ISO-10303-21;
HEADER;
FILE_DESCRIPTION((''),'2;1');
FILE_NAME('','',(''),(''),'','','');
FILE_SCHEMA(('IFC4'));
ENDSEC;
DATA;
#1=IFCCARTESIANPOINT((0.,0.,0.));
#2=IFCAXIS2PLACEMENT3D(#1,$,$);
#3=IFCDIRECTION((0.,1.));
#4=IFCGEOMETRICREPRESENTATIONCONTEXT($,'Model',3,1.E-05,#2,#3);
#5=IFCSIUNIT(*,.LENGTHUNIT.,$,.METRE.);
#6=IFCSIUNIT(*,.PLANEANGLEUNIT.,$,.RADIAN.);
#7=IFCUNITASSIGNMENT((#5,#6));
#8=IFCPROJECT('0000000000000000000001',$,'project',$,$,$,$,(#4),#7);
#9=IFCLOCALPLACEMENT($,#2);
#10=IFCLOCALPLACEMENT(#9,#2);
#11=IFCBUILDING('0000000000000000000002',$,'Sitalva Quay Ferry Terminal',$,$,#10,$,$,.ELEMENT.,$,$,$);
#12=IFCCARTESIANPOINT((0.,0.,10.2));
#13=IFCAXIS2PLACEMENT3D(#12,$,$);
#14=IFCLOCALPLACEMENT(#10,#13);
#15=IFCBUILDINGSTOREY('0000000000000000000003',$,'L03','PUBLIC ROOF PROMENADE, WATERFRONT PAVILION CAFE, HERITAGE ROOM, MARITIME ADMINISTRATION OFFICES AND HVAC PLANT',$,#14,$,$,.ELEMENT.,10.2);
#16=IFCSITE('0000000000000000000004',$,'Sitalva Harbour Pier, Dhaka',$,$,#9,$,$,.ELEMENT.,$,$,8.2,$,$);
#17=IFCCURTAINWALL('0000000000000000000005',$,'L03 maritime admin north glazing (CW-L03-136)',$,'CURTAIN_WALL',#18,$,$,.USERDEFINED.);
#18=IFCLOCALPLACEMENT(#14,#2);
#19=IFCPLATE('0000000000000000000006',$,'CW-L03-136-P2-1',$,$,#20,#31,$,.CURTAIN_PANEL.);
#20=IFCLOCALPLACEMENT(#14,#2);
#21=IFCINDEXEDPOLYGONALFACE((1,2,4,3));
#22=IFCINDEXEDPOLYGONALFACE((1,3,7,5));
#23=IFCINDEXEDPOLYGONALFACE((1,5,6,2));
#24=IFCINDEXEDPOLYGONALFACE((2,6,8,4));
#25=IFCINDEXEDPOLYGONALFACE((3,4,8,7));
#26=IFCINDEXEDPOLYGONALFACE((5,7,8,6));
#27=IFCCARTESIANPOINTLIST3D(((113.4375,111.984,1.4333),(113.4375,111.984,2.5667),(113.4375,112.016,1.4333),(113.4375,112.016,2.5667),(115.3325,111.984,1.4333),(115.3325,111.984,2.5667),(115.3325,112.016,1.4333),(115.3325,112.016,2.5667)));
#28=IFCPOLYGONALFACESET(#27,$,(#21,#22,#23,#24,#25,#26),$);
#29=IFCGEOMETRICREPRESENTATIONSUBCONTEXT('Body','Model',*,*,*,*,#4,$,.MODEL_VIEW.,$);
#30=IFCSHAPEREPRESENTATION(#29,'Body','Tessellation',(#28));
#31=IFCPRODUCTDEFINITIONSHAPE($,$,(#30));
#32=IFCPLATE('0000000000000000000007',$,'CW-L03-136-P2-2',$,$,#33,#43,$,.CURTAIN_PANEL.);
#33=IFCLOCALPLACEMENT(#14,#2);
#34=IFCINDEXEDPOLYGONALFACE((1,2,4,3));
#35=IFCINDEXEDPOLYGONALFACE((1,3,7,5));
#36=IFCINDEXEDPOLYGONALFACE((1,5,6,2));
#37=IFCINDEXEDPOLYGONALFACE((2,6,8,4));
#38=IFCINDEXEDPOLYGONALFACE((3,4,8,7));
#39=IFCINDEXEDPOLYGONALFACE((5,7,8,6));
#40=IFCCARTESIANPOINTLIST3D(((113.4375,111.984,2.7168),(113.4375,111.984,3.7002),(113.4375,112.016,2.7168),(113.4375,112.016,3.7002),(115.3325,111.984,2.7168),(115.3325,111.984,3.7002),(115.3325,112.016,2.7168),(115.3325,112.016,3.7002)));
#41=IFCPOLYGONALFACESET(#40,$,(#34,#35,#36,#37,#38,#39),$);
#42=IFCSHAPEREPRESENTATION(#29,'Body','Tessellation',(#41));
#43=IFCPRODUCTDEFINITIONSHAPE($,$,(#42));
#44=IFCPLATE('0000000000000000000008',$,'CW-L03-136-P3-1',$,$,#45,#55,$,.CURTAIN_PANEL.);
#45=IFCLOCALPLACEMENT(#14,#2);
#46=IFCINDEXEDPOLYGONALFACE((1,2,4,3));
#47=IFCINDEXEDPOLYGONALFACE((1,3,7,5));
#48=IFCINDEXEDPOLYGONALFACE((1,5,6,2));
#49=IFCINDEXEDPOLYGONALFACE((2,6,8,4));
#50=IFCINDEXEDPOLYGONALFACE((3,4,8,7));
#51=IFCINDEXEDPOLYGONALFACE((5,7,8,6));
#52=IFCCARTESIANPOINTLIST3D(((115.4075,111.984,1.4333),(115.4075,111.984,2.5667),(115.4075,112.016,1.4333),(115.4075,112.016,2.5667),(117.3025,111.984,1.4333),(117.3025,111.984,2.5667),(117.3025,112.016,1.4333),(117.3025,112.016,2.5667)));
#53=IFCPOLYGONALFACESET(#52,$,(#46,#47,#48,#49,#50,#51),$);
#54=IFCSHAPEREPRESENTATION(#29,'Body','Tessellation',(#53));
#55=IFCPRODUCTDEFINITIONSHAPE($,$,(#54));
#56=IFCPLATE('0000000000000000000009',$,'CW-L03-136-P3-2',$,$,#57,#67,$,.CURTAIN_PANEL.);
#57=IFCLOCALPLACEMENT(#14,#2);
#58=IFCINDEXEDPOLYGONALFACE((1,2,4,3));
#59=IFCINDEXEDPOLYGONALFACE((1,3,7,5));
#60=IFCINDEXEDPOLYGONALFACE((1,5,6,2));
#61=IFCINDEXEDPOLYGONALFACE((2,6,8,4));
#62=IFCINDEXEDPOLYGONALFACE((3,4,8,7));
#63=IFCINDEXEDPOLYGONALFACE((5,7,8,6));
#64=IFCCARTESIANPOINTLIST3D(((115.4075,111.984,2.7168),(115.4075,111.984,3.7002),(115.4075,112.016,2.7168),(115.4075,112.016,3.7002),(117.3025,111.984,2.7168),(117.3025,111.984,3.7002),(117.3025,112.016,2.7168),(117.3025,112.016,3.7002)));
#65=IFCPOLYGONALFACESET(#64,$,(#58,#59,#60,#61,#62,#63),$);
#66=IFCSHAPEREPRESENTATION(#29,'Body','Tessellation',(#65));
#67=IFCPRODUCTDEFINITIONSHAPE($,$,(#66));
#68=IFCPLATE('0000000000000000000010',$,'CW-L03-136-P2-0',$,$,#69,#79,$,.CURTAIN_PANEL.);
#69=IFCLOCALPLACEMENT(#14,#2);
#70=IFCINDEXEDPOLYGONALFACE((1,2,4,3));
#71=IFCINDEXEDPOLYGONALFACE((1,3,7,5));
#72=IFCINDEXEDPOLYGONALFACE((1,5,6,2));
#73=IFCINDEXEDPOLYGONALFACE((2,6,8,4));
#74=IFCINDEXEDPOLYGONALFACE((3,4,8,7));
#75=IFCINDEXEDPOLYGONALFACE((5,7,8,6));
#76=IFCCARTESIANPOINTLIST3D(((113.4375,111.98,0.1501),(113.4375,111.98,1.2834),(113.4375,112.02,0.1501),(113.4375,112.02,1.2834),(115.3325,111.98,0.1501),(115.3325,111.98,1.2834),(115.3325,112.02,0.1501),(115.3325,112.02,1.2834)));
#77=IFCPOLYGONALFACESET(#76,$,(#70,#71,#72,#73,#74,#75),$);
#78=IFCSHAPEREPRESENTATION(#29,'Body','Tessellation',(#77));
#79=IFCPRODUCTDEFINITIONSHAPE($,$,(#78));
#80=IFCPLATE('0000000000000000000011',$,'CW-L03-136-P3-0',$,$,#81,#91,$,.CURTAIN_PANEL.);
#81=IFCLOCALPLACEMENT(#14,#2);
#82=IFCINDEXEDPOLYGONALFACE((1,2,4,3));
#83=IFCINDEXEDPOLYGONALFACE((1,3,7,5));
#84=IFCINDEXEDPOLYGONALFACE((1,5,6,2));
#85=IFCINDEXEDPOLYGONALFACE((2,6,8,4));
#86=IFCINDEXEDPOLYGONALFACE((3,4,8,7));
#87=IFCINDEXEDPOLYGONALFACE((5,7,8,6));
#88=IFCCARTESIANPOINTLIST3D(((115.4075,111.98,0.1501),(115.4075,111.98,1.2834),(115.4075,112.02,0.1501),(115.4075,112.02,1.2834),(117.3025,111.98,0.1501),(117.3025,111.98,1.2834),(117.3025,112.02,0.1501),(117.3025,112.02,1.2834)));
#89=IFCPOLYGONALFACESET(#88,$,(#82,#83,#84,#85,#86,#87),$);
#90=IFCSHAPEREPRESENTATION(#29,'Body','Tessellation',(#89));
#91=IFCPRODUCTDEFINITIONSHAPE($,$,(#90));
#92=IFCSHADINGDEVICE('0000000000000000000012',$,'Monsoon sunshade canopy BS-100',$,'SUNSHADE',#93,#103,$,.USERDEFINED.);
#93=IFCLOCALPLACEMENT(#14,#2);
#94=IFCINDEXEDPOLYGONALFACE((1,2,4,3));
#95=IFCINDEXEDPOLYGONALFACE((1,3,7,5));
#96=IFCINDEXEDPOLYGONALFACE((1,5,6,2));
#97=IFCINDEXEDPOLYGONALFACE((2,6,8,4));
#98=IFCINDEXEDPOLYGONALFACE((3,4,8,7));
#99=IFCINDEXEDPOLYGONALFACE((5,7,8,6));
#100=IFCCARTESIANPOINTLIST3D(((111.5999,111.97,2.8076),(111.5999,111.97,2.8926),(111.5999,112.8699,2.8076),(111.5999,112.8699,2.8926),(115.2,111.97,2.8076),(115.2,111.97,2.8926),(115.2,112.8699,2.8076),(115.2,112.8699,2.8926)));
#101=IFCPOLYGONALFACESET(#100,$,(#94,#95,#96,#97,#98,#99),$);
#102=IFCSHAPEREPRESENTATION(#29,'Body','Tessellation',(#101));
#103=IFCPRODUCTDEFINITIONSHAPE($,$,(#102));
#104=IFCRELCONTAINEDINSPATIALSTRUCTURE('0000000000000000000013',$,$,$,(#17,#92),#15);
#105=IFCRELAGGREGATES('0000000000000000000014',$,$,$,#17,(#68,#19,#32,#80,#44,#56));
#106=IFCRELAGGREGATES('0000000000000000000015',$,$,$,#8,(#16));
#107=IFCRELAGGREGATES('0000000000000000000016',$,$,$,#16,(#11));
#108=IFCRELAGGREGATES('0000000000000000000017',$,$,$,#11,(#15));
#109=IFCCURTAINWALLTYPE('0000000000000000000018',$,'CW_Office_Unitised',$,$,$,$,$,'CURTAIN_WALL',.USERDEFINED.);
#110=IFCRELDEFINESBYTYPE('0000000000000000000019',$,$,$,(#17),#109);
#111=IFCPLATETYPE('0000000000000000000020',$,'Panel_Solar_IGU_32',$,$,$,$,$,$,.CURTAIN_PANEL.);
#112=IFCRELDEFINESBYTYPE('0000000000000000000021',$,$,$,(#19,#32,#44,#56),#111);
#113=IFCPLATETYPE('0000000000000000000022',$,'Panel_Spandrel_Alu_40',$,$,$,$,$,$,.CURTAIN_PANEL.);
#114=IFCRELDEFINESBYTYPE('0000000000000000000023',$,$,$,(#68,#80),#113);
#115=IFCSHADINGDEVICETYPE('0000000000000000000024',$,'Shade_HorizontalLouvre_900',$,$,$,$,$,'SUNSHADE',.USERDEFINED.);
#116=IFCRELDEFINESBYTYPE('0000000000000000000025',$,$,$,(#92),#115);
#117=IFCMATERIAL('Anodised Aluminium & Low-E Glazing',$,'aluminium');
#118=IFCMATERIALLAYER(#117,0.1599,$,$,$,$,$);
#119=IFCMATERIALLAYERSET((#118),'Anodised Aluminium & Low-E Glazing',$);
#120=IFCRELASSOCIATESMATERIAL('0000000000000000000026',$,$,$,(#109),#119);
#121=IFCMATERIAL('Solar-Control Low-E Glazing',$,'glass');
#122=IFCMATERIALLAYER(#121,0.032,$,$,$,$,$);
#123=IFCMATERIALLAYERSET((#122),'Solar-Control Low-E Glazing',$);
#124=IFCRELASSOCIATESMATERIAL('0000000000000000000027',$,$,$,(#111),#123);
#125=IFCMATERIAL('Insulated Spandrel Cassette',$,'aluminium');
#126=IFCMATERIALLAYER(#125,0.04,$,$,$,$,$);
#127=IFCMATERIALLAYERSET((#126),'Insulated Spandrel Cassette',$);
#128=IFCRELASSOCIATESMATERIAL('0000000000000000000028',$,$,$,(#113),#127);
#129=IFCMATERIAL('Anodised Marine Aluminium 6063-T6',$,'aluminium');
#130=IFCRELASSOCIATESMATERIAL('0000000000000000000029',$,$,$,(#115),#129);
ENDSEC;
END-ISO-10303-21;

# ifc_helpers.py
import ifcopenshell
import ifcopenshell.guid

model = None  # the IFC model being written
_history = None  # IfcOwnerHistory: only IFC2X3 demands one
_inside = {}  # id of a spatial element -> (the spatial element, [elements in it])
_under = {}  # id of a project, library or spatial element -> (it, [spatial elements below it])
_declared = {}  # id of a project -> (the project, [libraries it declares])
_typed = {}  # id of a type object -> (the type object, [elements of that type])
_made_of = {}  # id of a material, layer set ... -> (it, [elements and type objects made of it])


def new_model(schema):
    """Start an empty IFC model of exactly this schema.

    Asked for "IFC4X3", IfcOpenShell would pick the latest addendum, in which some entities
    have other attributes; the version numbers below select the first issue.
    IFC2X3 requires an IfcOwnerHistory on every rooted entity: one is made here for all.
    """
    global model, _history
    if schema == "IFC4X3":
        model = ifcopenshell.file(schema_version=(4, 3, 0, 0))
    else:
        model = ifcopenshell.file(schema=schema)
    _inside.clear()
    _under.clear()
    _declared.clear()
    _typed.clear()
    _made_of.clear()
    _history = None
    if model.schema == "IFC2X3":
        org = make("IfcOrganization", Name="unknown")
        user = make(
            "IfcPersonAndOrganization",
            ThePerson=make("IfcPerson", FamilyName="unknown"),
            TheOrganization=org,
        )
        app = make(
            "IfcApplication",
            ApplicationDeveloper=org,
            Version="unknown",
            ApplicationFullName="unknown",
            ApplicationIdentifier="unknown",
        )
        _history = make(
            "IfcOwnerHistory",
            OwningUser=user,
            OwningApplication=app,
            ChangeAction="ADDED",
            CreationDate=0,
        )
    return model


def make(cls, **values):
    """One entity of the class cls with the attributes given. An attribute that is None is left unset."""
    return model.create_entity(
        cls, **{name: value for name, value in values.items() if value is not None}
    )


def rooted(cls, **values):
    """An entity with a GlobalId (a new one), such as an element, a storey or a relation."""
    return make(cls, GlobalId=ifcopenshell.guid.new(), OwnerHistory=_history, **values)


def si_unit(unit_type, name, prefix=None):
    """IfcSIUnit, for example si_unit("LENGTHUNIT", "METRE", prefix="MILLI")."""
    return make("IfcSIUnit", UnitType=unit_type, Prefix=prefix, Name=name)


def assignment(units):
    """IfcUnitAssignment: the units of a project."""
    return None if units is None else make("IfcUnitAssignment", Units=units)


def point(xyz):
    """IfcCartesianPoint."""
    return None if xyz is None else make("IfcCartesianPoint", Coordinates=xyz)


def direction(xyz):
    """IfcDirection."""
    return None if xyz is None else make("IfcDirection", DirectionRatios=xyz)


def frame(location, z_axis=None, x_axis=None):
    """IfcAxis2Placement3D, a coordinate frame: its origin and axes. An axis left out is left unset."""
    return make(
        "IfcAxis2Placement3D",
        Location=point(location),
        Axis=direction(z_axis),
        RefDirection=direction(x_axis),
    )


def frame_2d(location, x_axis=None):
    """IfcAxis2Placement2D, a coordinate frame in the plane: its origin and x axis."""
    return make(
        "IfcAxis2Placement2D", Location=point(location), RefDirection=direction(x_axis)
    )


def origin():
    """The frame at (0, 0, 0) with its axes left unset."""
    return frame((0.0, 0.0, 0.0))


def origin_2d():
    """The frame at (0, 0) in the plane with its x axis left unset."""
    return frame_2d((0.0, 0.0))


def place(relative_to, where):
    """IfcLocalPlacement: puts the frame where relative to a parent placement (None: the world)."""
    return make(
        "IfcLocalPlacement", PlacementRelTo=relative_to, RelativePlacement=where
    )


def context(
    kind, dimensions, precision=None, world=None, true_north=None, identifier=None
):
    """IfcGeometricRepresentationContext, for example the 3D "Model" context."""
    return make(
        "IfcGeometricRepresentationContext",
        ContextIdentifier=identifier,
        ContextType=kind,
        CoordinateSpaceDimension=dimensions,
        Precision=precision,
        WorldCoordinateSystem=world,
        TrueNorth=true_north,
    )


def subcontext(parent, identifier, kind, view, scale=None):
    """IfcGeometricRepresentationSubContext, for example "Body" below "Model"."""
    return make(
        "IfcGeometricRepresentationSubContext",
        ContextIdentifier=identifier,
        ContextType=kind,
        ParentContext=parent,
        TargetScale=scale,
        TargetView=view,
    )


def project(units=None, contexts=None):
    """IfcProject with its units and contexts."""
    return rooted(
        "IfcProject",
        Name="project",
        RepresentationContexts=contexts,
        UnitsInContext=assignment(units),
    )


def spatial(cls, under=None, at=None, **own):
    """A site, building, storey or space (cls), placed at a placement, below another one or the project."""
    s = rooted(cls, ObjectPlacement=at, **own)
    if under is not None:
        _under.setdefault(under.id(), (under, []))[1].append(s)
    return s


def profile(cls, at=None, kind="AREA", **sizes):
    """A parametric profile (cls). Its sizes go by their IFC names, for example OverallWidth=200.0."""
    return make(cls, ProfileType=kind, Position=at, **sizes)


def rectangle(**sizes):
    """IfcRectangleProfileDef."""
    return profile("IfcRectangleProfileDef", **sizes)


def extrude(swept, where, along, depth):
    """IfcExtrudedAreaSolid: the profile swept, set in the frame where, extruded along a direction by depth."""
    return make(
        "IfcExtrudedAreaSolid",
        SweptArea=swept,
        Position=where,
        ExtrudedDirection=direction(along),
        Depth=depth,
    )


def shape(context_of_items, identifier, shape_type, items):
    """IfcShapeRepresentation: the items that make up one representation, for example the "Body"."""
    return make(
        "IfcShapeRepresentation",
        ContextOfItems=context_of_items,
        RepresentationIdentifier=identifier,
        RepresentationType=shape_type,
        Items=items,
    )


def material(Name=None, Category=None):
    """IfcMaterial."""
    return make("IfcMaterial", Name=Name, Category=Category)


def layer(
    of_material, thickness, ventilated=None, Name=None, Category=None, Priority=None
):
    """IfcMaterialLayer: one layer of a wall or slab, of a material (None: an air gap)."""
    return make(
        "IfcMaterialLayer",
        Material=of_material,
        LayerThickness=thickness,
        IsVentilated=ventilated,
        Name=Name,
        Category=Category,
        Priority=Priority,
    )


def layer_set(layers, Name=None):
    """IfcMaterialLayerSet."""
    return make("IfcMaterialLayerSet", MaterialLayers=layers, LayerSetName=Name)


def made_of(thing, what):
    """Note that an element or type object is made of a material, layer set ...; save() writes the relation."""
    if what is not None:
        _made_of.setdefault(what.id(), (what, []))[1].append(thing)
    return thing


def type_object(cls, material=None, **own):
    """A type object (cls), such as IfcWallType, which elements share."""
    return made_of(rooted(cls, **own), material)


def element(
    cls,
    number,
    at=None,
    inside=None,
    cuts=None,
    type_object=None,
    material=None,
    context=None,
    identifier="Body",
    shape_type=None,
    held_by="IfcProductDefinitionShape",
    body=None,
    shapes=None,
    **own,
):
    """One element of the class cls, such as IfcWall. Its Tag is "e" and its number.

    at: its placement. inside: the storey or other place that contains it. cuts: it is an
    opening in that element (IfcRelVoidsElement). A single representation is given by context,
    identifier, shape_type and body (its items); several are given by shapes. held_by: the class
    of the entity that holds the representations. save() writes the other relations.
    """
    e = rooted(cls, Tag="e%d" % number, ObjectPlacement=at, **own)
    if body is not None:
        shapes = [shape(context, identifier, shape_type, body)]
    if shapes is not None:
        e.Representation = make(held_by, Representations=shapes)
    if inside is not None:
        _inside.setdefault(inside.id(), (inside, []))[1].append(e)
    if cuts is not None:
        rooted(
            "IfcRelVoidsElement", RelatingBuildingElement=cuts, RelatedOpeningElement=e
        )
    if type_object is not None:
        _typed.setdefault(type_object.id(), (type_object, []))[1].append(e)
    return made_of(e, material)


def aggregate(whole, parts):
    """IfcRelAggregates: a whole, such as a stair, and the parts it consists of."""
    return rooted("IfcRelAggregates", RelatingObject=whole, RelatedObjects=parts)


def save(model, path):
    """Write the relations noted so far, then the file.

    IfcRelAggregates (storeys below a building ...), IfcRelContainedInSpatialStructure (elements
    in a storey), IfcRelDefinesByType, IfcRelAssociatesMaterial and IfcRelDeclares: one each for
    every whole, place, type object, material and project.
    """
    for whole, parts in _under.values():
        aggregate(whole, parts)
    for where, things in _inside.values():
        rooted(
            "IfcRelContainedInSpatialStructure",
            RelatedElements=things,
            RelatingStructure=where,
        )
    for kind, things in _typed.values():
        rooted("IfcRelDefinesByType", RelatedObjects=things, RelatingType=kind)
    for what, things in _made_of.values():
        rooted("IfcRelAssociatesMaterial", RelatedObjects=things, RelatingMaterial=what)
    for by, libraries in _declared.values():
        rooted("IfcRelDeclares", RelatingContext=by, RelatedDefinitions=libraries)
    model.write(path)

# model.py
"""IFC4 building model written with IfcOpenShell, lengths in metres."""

from ifc_helpers import new_model, si_unit, direction, frame, origin, origin_2d, place, context, subcontext, project, spatial, rectangle, extrude, material, layer, layer_set, type_object, element, aggregate, save


model = new_model("IFC4")

# Units and contexts
model_context = context("Model", 3, precision=1e-05, world=origin(), true_north=direction((0.0, 1.0)))
body_context = subcontext(model_context, "Body", "Model", "MODEL_VIEW")
ifc_project = project(units=[si_unit("LENGTHUNIT", "METRE"), si_unit("PLANEANGLEUNIT", "RADIAN")], contexts=[model_context])

# Site, building, storey
site_placement = place(None, origin())
site = spatial("IfcSite", under=ifc_project, at=site_placement, Name="Sitalva Harbour Pier, Dhaka", CompositionType="ELEMENT", RefElevation=8.2)
building_placement = place(site_placement, origin())
building = spatial("IfcBuilding", under=site, at=building_placement, Name="Sitalva Quay Ferry Terminal", CompositionType="ELEMENT")
storey_placement = place(building_placement, frame((0.0, 0.0, 10.2)))
storey = spatial("IfcBuildingStorey", under=building, at=storey_placement, Name="L03", Description="PUBLIC ROOF PROMENADE, WATERFRONT PAVILION CAFE, HERITAGE ROOM, MARITIME ADMINISTRATION OFFICES AND HVAC PLANT", CompositionType="ELEMENT", Elevation=10.2)

# Curtain wall
ifc_material_1 = material(Name="Anodised Aluminium & Low-E Glazing", Category="aluminium")
ifc_layer_1 = layer(ifc_material_1, 0.1599)
ifc_layer_set_1 = layer_set([ifc_layer_1], Name="Anodised Aluminium & Low-E Glazing")
curtain_wall_type = type_object("IfcCurtainWallType", Name="CW_Office_Unitised", ElementType="CURTAIN_WALL", PredefinedType="USERDEFINED", material=ifc_layer_set_1)
curtain_wall_1_placement = place(storey_placement, origin())
curtain_wall_1 = element("IfcCurtainWall", 1, at=curtain_wall_1_placement, inside=storey, type_object=curtain_wall_type, Name="L03 maritime admin north glazing (CW-L03-136)", ObjectType="CURTAIN_WALL", PredefinedType="USERDEFINED")

# Plates
ifc_material_2 = material(Name="Solar-Control Low-E Glazing", Category="glass")
ifc_layer_2 = layer(ifc_material_2, 0.032)
ifc_layer_set_2 = layer_set([ifc_layer_2], Name="Solar-Control Low-E Glazing")
plate_type_1 = type_object("IfcPlateType", Name="Panel_Solar_IGU_32", PredefinedType="CURTAIN_PANEL", material=ifc_layer_set_2)
plate_1_placement = place(storey_placement, frame((114.385, 112.0, 1.4333), z_axis=(0.0, 0.0, 1.0), x_axis=(1.0, 0.0, 0.0)))
plate_1 = element("IfcPlate", 2, at=plate_1_placement, type_object=plate_type_1, Name="CW-L03-136-P2-1", PredefinedType="CURTAIN_PANEL", context=body_context, shape_type="SweptSolid", body=[
    extrude(rectangle(XDim=1.895, YDim=0.032, at=origin_2d()), origin(), (0.0, 0.0, 1.0), 1.1333),
])
plate_2_placement = place(storey_placement, frame((114.385, 112.0, 2.7168), z_axis=(0.0, 0.0, 1.0), x_axis=(1.0, 0.0, 0.0)))
plate_2 = element("IfcPlate", 3, at=plate_2_placement, type_object=plate_type_1, Name="CW-L03-136-P2-2", PredefinedType="CURTAIN_PANEL", context=body_context, shape_type="SweptSolid", body=[
    extrude(rectangle(XDim=1.895, YDim=0.032, at=origin_2d()), origin(), (0.0, 0.0, 1.0), 0.9834),
])
plate_3_placement = place(storey_placement, frame((116.355, 112.0, 1.4333), z_axis=(0.0, 0.0, 1.0), x_axis=(1.0, 0.0, 0.0)))
plate_3 = element("IfcPlate", 4, at=plate_3_placement, type_object=plate_type_1, Name="CW-L03-136-P3-1", PredefinedType="CURTAIN_PANEL", context=body_context, shape_type="SweptSolid", body=[
    extrude(rectangle(XDim=1.895, YDim=0.032, at=origin_2d()), origin(), (0.0, 0.0, 1.0), 1.1333),
])
plate_4_placement = place(storey_placement, frame((116.355, 112.0, 2.7168), z_axis=(0.0, 0.0, 1.0), x_axis=(1.0, 0.0, 0.0)))
plate_4 = element("IfcPlate", 5, at=plate_4_placement, type_object=plate_type_1, Name="CW-L03-136-P3-2", PredefinedType="CURTAIN_PANEL", context=body_context, shape_type="SweptSolid", body=[
    extrude(rectangle(XDim=1.895, YDim=0.032, at=origin_2d()), origin(), (0.0, 0.0, 1.0), 0.9834),
])
ifc_material_3 = material(Name="Insulated Spandrel Cassette", Category="aluminium")
ifc_layer_3 = layer(ifc_material_3, 0.04)
ifc_layer_set_3 = layer_set([ifc_layer_3], Name="Insulated Spandrel Cassette")
plate_type_2 = type_object("IfcPlateType", Name="Panel_Spandrel_Alu_40", PredefinedType="CURTAIN_PANEL", material=ifc_layer_set_3)
plate_5_placement = place(storey_placement, frame((114.385, 112.0, 0.1501), z_axis=(0.0, 0.0, 1.0), x_axis=(1.0, 0.0, 0.0)))
plate_5 = element("IfcPlate", 6, at=plate_5_placement, type_object=plate_type_2, Name="CW-L03-136-P2-0", PredefinedType="CURTAIN_PANEL", context=body_context, shape_type="SweptSolid", body=[
    extrude(rectangle(XDim=1.895, YDim=0.04, at=origin_2d()), origin(), (0.0, 0.0, 1.0), 1.1333),
])
plate_6_placement = place(storey_placement, frame((116.355, 112.0, 0.1501), z_axis=(0.0, 0.0, 1.0), x_axis=(1.0, 0.0, 0.0)))
plate_6 = element("IfcPlate", 7, at=plate_6_placement, type_object=plate_type_2, Name="CW-L03-136-P3-0", PredefinedType="CURTAIN_PANEL", context=body_context, shape_type="SweptSolid", body=[
    extrude(rectangle(XDim=1.895, YDim=0.04, at=origin_2d()), origin(), (0.0, 0.0, 1.0), 1.1333),
])
aggregate(curtain_wall_1, [plate_5, plate_1, plate_2, plate_6, plate_3, plate_4])

# Shading device
ifc_material_4 = material(Name="Anodised Marine Aluminium 6063-T6", Category="aluminium")
shading_device_type = type_object("IfcShadingDeviceType", Name="Shade_HorizontalLouvre_900", ElementType="SUNSHADE", PredefinedType="USERDEFINED", material=ifc_material_4)
shading_device_placement = place(storey_placement, frame((113.3999, 112.4199, 2.8076), z_axis=(0.0, 0.0, 1.0), x_axis=(1.0, 0.0, 0.0)))
element("IfcShadingDevice", 8, at=shading_device_placement, inside=storey, type_object=shading_device_type, Name="Monsoon sunshade canopy BS-100", ObjectType="SUNSHADE", PredefinedType="USERDEFINED", context=body_context, shape_type="SweptSolid", body=[
    extrude(rectangle(XDim=3.6001, YDim=0.8999, at=origin_2d()), origin(), (0.0, 0.0, 1.0), 0.085),
])

save(model, "model.ifc")
